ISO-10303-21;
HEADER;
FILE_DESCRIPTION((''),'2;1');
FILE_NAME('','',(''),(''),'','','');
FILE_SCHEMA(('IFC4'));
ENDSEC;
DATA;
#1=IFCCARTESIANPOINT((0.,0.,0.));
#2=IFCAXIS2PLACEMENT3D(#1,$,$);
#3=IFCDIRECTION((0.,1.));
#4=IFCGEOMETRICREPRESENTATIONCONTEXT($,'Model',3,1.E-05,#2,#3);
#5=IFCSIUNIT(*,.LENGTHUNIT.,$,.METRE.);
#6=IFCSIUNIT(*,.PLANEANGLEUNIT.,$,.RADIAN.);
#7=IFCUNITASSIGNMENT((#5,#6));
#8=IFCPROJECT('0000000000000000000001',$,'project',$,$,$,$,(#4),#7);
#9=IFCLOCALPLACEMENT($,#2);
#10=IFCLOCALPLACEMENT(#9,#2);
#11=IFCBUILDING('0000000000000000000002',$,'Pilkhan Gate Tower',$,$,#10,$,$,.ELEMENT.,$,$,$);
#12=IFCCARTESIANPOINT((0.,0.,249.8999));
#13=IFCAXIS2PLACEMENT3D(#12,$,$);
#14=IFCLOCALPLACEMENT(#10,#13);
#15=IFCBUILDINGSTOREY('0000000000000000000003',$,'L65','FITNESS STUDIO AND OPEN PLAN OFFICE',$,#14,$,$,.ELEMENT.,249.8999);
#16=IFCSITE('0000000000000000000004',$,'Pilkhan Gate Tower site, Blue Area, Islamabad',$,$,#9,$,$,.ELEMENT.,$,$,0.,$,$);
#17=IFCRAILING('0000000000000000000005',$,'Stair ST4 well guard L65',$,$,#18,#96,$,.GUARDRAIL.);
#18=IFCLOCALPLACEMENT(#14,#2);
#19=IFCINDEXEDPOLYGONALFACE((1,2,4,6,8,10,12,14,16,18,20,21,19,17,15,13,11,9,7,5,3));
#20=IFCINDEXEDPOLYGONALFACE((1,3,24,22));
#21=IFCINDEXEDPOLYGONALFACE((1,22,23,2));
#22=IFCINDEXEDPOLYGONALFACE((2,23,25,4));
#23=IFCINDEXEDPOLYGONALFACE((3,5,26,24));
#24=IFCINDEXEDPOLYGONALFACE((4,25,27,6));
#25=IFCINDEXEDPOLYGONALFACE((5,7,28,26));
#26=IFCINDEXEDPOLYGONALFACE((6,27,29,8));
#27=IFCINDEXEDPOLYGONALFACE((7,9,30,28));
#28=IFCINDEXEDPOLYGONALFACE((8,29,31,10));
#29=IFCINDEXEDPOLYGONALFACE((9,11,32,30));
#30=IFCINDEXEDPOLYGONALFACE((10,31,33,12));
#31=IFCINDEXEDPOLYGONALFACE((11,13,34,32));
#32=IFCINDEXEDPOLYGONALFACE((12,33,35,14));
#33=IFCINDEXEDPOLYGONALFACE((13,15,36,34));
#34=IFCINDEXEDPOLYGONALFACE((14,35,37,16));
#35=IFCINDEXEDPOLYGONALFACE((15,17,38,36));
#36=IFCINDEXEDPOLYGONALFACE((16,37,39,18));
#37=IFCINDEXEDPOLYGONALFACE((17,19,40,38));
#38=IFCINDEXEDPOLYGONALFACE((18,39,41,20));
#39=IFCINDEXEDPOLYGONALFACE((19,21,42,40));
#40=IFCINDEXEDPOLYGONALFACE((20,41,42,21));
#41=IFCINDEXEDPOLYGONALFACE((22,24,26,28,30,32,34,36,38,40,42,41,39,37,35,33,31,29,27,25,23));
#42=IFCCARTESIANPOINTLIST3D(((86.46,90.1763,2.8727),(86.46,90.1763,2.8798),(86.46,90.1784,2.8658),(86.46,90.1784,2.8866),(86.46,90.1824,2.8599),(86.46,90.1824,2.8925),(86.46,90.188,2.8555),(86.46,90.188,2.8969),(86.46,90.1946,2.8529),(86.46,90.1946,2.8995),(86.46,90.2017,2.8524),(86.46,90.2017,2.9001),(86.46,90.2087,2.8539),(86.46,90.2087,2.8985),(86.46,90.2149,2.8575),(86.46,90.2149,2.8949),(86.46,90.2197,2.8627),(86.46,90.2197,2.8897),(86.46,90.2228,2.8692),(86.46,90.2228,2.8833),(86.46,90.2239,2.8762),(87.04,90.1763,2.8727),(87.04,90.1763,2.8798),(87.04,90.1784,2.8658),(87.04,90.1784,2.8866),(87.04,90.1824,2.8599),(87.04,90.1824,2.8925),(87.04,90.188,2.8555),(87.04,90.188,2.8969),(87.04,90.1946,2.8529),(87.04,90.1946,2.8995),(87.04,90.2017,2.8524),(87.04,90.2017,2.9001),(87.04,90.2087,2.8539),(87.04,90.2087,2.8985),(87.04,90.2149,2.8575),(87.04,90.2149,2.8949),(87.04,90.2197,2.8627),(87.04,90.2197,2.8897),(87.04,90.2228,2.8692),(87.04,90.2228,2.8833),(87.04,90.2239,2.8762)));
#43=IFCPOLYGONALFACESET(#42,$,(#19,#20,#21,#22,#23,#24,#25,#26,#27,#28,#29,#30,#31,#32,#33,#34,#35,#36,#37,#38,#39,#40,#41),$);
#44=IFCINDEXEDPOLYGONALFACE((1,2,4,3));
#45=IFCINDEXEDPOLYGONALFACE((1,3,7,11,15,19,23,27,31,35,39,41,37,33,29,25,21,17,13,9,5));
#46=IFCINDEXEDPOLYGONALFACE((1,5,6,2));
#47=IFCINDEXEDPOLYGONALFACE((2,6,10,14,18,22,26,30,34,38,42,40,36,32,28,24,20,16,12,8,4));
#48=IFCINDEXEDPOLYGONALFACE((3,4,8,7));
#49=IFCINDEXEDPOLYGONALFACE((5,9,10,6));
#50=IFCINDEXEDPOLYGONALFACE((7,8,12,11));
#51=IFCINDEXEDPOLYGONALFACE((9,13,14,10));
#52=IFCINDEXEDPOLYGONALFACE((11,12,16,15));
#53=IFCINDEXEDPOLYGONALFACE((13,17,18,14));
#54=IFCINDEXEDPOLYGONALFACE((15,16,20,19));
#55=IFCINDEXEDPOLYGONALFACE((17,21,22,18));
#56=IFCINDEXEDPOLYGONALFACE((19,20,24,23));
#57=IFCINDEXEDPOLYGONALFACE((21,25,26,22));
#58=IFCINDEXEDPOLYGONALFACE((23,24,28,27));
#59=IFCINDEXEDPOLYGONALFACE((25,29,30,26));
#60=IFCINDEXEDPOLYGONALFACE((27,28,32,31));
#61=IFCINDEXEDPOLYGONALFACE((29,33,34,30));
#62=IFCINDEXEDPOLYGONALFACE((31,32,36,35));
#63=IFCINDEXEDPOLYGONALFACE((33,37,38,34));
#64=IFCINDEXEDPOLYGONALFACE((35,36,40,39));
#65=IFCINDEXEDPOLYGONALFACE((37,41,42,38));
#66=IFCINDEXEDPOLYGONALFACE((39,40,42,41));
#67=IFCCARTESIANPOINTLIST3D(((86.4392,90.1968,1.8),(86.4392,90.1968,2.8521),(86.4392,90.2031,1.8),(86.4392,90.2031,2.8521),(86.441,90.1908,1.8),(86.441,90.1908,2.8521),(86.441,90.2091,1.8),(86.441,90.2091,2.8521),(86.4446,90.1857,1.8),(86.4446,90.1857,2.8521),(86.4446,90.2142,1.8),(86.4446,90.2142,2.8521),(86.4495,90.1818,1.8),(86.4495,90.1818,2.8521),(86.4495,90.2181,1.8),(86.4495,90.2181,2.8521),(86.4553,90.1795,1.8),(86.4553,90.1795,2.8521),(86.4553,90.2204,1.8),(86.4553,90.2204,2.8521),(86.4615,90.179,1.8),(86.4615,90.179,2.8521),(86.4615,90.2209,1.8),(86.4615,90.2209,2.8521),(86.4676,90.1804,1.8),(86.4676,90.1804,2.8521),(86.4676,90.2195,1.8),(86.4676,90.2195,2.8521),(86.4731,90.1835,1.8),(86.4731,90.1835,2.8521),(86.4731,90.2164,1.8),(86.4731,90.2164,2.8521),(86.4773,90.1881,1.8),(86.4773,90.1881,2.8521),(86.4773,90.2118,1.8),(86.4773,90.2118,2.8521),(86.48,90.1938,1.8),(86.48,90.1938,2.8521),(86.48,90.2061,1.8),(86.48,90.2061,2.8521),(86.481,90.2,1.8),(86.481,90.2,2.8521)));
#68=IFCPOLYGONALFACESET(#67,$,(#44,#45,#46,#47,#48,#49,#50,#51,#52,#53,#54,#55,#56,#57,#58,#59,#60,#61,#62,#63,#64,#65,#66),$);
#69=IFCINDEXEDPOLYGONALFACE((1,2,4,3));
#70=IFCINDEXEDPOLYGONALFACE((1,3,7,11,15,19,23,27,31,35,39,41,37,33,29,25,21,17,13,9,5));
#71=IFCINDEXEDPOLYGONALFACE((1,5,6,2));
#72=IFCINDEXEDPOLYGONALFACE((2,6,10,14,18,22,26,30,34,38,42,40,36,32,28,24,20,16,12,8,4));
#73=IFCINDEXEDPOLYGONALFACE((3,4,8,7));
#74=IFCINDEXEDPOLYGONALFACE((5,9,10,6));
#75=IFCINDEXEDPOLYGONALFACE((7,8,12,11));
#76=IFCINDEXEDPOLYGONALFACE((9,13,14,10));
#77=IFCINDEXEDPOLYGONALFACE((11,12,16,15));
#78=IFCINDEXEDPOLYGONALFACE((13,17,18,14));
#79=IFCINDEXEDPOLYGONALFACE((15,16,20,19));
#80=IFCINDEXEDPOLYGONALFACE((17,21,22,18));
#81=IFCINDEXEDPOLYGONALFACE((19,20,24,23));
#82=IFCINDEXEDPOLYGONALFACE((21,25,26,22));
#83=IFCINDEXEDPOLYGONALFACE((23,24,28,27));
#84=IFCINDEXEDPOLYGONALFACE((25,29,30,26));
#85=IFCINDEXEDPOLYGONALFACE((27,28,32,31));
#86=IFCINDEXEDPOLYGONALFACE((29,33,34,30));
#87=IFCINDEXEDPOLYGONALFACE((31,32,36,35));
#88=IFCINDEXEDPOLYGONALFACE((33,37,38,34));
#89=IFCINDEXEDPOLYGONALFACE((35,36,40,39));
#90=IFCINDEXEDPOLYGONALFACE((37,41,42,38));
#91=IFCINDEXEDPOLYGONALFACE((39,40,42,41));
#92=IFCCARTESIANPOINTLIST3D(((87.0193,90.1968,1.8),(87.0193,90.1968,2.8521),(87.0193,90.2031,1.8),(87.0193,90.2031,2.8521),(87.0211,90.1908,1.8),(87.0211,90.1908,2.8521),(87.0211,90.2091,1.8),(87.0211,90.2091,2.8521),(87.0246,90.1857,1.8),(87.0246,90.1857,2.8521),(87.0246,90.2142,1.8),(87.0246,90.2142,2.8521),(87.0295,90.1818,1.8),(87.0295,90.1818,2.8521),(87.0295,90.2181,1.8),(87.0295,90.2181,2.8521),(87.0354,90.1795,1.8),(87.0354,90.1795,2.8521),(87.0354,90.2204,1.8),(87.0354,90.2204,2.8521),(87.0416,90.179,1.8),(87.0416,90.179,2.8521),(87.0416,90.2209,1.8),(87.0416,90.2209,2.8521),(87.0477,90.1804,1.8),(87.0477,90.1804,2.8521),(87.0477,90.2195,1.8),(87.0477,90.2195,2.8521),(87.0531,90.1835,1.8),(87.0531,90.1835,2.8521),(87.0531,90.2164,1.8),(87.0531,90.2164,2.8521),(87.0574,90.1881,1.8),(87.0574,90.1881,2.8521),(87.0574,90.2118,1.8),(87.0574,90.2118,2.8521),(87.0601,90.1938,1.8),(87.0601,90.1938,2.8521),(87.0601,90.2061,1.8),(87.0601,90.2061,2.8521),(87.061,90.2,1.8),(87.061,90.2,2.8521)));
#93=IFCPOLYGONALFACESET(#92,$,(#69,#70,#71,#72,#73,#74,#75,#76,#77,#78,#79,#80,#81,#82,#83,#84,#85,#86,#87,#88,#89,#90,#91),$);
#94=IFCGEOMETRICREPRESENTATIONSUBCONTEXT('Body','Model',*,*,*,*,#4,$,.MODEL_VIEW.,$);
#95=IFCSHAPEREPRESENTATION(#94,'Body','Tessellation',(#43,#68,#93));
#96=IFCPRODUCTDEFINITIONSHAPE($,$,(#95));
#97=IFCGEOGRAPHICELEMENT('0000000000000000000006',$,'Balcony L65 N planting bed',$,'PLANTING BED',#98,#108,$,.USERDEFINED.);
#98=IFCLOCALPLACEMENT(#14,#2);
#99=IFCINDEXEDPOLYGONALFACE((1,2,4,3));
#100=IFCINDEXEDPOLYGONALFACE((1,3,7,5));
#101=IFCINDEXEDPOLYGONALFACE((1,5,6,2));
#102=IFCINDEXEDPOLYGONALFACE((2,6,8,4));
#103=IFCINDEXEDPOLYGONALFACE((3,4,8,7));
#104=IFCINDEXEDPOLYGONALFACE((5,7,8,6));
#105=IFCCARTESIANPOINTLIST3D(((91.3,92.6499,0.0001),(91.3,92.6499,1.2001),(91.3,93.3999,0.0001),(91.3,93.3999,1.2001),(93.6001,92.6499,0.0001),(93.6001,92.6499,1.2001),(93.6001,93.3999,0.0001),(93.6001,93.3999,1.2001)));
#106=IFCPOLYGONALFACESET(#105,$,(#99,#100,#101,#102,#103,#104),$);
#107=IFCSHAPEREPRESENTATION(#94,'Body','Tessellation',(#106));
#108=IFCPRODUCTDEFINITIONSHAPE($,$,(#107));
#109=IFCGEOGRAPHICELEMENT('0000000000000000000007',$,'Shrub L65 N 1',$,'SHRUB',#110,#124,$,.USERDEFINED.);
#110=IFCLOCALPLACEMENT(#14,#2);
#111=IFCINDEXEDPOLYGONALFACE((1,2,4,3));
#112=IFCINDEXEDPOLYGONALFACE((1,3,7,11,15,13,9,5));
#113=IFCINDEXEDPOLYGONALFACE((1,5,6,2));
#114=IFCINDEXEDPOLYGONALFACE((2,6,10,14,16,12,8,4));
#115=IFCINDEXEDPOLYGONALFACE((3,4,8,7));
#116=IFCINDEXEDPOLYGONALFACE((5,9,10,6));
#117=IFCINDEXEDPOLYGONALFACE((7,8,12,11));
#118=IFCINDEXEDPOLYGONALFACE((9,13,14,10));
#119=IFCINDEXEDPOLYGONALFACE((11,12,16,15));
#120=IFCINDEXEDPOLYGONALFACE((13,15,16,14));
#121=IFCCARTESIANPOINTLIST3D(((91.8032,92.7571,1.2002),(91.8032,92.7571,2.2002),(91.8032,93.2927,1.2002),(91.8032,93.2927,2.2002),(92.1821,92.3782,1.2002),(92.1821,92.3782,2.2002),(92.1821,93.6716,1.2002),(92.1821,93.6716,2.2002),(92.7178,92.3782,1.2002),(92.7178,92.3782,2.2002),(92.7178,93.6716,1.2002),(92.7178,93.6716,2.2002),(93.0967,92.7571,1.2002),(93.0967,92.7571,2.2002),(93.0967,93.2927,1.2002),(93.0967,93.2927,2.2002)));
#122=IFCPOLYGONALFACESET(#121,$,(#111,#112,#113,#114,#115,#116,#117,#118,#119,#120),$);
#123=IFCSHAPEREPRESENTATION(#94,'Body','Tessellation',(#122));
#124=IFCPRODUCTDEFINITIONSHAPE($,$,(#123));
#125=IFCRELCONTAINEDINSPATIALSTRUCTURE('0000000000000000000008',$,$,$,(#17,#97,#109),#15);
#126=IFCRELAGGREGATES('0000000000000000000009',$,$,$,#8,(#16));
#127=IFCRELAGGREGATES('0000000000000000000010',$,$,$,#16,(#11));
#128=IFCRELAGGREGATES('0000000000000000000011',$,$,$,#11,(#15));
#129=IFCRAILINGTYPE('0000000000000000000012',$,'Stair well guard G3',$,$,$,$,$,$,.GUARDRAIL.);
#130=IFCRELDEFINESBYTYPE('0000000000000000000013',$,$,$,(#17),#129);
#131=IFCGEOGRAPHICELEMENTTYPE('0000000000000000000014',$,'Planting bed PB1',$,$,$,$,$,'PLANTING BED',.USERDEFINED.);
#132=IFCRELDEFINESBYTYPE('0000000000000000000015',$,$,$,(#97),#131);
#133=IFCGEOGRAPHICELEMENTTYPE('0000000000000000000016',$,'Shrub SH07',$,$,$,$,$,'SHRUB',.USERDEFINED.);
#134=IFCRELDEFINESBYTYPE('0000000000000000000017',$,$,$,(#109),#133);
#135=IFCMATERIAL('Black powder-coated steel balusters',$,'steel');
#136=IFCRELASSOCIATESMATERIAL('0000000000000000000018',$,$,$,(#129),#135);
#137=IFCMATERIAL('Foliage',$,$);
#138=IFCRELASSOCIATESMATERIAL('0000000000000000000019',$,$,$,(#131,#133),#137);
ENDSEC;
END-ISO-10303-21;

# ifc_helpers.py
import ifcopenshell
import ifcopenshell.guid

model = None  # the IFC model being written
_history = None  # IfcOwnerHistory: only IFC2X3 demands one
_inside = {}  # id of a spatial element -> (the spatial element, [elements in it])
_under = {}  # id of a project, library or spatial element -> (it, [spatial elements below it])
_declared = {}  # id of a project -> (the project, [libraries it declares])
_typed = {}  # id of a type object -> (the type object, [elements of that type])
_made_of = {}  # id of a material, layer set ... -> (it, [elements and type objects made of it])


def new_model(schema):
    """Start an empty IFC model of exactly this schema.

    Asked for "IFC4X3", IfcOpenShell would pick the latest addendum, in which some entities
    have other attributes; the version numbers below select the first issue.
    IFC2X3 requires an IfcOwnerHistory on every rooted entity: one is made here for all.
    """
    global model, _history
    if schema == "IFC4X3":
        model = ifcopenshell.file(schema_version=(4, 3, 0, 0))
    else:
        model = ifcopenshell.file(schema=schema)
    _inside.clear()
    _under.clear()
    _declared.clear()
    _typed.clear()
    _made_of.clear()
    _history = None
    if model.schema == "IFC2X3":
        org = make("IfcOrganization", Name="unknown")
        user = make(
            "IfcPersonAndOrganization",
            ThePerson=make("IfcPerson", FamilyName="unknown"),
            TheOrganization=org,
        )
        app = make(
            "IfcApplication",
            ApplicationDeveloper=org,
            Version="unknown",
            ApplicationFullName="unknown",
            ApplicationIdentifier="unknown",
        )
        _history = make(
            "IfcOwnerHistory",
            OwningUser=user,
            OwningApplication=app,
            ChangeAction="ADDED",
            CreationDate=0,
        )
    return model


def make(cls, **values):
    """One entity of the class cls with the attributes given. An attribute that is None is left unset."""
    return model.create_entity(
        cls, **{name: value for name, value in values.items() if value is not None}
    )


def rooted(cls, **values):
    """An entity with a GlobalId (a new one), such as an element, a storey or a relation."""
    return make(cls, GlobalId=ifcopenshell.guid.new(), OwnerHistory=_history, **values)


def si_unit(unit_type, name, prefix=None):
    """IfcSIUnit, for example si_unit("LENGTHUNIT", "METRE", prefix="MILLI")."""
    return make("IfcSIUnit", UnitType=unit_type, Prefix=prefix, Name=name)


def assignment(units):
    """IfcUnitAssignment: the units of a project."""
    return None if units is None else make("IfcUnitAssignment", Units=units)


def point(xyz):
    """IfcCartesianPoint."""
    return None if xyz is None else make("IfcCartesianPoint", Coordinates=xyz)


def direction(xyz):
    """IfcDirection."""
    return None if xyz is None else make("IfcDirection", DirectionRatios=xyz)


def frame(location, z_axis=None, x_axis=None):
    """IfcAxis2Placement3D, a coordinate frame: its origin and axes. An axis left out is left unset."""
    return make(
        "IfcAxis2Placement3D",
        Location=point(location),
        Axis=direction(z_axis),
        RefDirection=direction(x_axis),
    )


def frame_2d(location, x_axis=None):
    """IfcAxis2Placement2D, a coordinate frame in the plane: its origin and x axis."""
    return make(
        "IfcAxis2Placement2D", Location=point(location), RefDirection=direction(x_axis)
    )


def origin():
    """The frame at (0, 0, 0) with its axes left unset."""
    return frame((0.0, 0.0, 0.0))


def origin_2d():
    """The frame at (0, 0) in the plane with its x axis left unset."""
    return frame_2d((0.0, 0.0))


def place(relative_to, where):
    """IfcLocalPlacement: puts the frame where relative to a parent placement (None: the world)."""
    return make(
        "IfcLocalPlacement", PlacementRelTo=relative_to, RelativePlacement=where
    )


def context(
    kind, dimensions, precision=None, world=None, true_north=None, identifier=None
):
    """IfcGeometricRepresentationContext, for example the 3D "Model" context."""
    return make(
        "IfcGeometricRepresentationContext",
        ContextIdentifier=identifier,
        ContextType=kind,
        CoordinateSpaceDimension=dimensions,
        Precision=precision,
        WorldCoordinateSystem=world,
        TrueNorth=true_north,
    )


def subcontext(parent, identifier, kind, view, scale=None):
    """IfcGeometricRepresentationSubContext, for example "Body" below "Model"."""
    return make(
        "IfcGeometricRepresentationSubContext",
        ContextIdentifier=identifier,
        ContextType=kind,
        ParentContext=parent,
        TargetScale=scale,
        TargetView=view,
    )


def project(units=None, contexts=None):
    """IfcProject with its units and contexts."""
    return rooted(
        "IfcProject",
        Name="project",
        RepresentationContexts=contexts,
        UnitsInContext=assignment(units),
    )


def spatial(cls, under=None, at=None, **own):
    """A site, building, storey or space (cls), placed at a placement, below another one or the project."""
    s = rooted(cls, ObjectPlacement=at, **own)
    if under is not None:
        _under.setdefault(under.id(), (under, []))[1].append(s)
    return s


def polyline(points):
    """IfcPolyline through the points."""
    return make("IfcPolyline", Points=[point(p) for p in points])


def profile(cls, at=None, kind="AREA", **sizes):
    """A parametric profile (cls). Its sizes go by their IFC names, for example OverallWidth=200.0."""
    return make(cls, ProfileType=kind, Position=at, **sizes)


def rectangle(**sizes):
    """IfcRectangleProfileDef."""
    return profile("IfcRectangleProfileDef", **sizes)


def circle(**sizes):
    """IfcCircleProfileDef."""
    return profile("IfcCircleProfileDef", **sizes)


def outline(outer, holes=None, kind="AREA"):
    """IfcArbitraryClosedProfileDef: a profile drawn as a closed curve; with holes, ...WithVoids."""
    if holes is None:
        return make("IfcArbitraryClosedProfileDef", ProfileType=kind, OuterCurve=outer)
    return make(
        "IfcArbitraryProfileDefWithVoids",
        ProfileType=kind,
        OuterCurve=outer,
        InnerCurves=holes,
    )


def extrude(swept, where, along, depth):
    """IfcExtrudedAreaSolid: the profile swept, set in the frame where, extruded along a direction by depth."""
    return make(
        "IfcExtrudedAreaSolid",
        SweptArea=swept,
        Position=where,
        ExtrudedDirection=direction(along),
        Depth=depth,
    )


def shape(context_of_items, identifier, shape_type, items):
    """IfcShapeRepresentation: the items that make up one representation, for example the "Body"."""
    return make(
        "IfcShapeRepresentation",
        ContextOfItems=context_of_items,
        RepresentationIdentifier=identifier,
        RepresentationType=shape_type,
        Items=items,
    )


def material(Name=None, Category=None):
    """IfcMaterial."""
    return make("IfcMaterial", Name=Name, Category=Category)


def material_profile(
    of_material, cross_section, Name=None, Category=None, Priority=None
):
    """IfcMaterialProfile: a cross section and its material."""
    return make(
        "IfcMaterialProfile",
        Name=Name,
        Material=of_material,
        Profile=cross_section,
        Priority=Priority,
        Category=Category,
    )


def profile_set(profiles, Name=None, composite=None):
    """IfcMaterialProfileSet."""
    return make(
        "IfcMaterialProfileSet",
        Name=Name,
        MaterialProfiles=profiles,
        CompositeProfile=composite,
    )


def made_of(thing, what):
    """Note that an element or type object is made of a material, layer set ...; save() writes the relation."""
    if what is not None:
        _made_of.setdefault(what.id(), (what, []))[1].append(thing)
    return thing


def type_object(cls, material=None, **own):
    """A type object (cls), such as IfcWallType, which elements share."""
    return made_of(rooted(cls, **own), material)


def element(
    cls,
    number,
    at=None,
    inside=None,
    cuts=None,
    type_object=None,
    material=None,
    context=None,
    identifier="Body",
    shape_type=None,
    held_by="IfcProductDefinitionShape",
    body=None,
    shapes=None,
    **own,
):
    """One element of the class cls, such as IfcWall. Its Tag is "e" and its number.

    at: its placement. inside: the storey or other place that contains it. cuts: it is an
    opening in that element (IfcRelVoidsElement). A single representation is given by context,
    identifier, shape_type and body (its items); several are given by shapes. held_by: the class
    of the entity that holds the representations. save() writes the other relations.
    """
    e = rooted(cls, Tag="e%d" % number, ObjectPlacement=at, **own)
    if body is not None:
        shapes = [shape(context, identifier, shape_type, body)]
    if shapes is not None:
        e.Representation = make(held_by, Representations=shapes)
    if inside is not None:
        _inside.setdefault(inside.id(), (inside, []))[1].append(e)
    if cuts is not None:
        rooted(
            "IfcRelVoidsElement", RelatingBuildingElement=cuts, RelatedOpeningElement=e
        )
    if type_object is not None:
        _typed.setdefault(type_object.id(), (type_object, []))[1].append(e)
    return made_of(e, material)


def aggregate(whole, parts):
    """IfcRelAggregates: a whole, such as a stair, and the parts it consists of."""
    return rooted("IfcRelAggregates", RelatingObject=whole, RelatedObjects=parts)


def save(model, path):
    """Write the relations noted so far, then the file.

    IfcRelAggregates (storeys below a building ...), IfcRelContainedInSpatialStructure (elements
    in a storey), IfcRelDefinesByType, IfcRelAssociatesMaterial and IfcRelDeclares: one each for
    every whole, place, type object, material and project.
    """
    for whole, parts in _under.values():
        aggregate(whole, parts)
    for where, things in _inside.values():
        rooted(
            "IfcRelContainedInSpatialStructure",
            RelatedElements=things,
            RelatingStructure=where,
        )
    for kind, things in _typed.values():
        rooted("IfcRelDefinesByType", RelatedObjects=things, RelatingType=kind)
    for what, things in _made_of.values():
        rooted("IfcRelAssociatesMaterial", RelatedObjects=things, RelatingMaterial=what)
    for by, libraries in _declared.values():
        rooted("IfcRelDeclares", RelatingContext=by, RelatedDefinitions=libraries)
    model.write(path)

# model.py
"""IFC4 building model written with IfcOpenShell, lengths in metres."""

from ifc_helpers import new_model, si_unit, direction, frame, origin, origin_2d, place, context, subcontext, project, spatial, polyline, rectangle, circle, outline, extrude, material, material_profile, profile_set, type_object, element, save


model = new_model("IFC4")

# Units and contexts
model_context = context("Model", 3, precision=1e-05, world=origin(), true_north=direction((0.0, 1.0)))
body_context = subcontext(model_context, "Body", "Model", "MODEL_VIEW")
ifc_project = project(units=[si_unit("LENGTHUNIT", "METRE"), si_unit("PLANEANGLEUNIT", "RADIAN")], contexts=[model_context])

# Site, building, storey
site_placement = place(None, origin())
site = spatial("IfcSite", under=ifc_project, at=site_placement, Name="Pilkhan Gate Tower site, Blue Area, Islamabad", CompositionType="ELEMENT", RefElevation=0.0)
building_placement = place(site_placement, origin())
building = spatial("IfcBuilding", under=site, at=building_placement, Name="Pilkhan Gate Tower", CompositionType="ELEMENT")
storey_placement = place(building_placement, frame((0.0, 0.0, 249.8999)))
storey = spatial("IfcBuildingStorey", under=building, at=storey_placement, Name="L65", Description="FITNESS STUDIO AND OPEN PLAN OFFICE", CompositionType="ELEMENT", Elevation=249.8999)

# Railing
ifc_material_1 = material(Name="Black powder-coated steel balusters", Category="steel")
railing_type_1 = type_object("IfcRailingType", Name="Stair well guard G3", PredefinedType="GUARDRAIL", material=ifc_material_1)
for number, where, name in (
    (1, (86.46, 90.2, 1.8), "Stair ST4 well guard L65"),
):
    element("IfcRailing", number, at=place(storey_placement, frame(where)), inside=storey, type_object=railing_type_1, Name=name, PredefinedType="GUARDRAIL", context=body_context, shape_type="SweptSolid", body=[
        extrude(circle(Radius=0.0239, at=origin_2d()), frame((0.0, 0.0, 1.0762), z_axis=(1.0, 0.0, 0.0), x_axis=(0.0, 1.0, 0.0)), (0.0, 0.0, 1.0), 0.5801),
        extrude(circle(Radius=0.021, at=origin_2d()), origin(), (0.0, 0.0, 1.0), 1.052),
        extrude(circle(Radius=0.021, at=origin_2d()), frame((0.5801, 0.0, 0.0)), (0.0, 0.0, 1.0), 1.052),
    ])

# Geographic elements
ifc_material_2 = material(Name="Foliage")
ifc_material_profile_1 = material_profile(ifc_material_2, rectangle(XDim=0.75, YDim=1.2, at=origin_2d()), Name="Bed 750x1200")
ifc_profile_set_1 = profile_set([ifc_material_profile_1], Name="Foliage")
geographic_element_type_1 = type_object("IfcGeographicElementType", Name="Planting bed PB1", ElementType="PLANTING BED", PredefinedType="USERDEFINED", material=ifc_profile_set_1)
geographic_element_1_placement = place(storey_placement, frame((91.3, 93.0249, 0.6001), z_axis=(1.0, 0.0, 0.0), x_axis=(0.0, 1.0, 0.0)))
element("IfcGeographicElement", 2, at=geographic_element_1_placement, inside=storey, type_object=geographic_element_type_1, Name="Balcony L65 N planting bed", ObjectType="PLANTING BED", PredefinedType="USERDEFINED", context=body_context, shape_type="SweptSolid", body=[
    extrude(rectangle(XDim=0.75, YDim=1.2, at=origin_2d()), origin(), (0.0, 0.0, 1.0), 2.3),
])
ifc_material_profile_2 = material_profile(ifc_material_2, outline(polyline([(0.6467, 0.2678), (0.2678, 0.6467), (-0.2678, 0.6467), (-0.6467, 0.2678), (-0.6467, -0.2678), (-0.2678, -0.6467), (0.2678, -0.6467), (0.6467, -0.2678), (0.6467, 0.2678)])), Name="Shrub D1.4")
ifc_profile_set_2 = profile_set([ifc_material_profile_2], Name="Foliage")
geographic_element_type_2 = type_object("IfcGeographicElementType", Name="Shrub SH07", ElementType="SHRUB", PredefinedType="USERDEFINED", material=ifc_profile_set_2)
geographic_element_2_placement = place(storey_placement, frame((92.45, 93.0249, 1.2002), z_axis=(0.0, 0.0, 1.0), x_axis=(1.0, 0.0, 0.0)))
element("IfcGeographicElement", 3, at=geographic_element_2_placement, inside=storey, type_object=geographic_element_type_2, Name="Shrub L65 N 1", ObjectType="SHRUB", PredefinedType="USERDEFINED", context=body_context, shape_type="SweptSolid", body=[
    extrude(outline(polyline([(0.6467, 0.2678), (0.2678, 0.6467), (-0.2678, 0.6467), (-0.6467, 0.2678), (-0.6467, -0.2678), (-0.2678, -0.6467), (0.2678, -0.6467), (0.6467, -0.2678), (0.6467, 0.2678)])), origin(), (0.0, 0.0, 1.0), 1.0),
])

save(model, "model.ifc")
